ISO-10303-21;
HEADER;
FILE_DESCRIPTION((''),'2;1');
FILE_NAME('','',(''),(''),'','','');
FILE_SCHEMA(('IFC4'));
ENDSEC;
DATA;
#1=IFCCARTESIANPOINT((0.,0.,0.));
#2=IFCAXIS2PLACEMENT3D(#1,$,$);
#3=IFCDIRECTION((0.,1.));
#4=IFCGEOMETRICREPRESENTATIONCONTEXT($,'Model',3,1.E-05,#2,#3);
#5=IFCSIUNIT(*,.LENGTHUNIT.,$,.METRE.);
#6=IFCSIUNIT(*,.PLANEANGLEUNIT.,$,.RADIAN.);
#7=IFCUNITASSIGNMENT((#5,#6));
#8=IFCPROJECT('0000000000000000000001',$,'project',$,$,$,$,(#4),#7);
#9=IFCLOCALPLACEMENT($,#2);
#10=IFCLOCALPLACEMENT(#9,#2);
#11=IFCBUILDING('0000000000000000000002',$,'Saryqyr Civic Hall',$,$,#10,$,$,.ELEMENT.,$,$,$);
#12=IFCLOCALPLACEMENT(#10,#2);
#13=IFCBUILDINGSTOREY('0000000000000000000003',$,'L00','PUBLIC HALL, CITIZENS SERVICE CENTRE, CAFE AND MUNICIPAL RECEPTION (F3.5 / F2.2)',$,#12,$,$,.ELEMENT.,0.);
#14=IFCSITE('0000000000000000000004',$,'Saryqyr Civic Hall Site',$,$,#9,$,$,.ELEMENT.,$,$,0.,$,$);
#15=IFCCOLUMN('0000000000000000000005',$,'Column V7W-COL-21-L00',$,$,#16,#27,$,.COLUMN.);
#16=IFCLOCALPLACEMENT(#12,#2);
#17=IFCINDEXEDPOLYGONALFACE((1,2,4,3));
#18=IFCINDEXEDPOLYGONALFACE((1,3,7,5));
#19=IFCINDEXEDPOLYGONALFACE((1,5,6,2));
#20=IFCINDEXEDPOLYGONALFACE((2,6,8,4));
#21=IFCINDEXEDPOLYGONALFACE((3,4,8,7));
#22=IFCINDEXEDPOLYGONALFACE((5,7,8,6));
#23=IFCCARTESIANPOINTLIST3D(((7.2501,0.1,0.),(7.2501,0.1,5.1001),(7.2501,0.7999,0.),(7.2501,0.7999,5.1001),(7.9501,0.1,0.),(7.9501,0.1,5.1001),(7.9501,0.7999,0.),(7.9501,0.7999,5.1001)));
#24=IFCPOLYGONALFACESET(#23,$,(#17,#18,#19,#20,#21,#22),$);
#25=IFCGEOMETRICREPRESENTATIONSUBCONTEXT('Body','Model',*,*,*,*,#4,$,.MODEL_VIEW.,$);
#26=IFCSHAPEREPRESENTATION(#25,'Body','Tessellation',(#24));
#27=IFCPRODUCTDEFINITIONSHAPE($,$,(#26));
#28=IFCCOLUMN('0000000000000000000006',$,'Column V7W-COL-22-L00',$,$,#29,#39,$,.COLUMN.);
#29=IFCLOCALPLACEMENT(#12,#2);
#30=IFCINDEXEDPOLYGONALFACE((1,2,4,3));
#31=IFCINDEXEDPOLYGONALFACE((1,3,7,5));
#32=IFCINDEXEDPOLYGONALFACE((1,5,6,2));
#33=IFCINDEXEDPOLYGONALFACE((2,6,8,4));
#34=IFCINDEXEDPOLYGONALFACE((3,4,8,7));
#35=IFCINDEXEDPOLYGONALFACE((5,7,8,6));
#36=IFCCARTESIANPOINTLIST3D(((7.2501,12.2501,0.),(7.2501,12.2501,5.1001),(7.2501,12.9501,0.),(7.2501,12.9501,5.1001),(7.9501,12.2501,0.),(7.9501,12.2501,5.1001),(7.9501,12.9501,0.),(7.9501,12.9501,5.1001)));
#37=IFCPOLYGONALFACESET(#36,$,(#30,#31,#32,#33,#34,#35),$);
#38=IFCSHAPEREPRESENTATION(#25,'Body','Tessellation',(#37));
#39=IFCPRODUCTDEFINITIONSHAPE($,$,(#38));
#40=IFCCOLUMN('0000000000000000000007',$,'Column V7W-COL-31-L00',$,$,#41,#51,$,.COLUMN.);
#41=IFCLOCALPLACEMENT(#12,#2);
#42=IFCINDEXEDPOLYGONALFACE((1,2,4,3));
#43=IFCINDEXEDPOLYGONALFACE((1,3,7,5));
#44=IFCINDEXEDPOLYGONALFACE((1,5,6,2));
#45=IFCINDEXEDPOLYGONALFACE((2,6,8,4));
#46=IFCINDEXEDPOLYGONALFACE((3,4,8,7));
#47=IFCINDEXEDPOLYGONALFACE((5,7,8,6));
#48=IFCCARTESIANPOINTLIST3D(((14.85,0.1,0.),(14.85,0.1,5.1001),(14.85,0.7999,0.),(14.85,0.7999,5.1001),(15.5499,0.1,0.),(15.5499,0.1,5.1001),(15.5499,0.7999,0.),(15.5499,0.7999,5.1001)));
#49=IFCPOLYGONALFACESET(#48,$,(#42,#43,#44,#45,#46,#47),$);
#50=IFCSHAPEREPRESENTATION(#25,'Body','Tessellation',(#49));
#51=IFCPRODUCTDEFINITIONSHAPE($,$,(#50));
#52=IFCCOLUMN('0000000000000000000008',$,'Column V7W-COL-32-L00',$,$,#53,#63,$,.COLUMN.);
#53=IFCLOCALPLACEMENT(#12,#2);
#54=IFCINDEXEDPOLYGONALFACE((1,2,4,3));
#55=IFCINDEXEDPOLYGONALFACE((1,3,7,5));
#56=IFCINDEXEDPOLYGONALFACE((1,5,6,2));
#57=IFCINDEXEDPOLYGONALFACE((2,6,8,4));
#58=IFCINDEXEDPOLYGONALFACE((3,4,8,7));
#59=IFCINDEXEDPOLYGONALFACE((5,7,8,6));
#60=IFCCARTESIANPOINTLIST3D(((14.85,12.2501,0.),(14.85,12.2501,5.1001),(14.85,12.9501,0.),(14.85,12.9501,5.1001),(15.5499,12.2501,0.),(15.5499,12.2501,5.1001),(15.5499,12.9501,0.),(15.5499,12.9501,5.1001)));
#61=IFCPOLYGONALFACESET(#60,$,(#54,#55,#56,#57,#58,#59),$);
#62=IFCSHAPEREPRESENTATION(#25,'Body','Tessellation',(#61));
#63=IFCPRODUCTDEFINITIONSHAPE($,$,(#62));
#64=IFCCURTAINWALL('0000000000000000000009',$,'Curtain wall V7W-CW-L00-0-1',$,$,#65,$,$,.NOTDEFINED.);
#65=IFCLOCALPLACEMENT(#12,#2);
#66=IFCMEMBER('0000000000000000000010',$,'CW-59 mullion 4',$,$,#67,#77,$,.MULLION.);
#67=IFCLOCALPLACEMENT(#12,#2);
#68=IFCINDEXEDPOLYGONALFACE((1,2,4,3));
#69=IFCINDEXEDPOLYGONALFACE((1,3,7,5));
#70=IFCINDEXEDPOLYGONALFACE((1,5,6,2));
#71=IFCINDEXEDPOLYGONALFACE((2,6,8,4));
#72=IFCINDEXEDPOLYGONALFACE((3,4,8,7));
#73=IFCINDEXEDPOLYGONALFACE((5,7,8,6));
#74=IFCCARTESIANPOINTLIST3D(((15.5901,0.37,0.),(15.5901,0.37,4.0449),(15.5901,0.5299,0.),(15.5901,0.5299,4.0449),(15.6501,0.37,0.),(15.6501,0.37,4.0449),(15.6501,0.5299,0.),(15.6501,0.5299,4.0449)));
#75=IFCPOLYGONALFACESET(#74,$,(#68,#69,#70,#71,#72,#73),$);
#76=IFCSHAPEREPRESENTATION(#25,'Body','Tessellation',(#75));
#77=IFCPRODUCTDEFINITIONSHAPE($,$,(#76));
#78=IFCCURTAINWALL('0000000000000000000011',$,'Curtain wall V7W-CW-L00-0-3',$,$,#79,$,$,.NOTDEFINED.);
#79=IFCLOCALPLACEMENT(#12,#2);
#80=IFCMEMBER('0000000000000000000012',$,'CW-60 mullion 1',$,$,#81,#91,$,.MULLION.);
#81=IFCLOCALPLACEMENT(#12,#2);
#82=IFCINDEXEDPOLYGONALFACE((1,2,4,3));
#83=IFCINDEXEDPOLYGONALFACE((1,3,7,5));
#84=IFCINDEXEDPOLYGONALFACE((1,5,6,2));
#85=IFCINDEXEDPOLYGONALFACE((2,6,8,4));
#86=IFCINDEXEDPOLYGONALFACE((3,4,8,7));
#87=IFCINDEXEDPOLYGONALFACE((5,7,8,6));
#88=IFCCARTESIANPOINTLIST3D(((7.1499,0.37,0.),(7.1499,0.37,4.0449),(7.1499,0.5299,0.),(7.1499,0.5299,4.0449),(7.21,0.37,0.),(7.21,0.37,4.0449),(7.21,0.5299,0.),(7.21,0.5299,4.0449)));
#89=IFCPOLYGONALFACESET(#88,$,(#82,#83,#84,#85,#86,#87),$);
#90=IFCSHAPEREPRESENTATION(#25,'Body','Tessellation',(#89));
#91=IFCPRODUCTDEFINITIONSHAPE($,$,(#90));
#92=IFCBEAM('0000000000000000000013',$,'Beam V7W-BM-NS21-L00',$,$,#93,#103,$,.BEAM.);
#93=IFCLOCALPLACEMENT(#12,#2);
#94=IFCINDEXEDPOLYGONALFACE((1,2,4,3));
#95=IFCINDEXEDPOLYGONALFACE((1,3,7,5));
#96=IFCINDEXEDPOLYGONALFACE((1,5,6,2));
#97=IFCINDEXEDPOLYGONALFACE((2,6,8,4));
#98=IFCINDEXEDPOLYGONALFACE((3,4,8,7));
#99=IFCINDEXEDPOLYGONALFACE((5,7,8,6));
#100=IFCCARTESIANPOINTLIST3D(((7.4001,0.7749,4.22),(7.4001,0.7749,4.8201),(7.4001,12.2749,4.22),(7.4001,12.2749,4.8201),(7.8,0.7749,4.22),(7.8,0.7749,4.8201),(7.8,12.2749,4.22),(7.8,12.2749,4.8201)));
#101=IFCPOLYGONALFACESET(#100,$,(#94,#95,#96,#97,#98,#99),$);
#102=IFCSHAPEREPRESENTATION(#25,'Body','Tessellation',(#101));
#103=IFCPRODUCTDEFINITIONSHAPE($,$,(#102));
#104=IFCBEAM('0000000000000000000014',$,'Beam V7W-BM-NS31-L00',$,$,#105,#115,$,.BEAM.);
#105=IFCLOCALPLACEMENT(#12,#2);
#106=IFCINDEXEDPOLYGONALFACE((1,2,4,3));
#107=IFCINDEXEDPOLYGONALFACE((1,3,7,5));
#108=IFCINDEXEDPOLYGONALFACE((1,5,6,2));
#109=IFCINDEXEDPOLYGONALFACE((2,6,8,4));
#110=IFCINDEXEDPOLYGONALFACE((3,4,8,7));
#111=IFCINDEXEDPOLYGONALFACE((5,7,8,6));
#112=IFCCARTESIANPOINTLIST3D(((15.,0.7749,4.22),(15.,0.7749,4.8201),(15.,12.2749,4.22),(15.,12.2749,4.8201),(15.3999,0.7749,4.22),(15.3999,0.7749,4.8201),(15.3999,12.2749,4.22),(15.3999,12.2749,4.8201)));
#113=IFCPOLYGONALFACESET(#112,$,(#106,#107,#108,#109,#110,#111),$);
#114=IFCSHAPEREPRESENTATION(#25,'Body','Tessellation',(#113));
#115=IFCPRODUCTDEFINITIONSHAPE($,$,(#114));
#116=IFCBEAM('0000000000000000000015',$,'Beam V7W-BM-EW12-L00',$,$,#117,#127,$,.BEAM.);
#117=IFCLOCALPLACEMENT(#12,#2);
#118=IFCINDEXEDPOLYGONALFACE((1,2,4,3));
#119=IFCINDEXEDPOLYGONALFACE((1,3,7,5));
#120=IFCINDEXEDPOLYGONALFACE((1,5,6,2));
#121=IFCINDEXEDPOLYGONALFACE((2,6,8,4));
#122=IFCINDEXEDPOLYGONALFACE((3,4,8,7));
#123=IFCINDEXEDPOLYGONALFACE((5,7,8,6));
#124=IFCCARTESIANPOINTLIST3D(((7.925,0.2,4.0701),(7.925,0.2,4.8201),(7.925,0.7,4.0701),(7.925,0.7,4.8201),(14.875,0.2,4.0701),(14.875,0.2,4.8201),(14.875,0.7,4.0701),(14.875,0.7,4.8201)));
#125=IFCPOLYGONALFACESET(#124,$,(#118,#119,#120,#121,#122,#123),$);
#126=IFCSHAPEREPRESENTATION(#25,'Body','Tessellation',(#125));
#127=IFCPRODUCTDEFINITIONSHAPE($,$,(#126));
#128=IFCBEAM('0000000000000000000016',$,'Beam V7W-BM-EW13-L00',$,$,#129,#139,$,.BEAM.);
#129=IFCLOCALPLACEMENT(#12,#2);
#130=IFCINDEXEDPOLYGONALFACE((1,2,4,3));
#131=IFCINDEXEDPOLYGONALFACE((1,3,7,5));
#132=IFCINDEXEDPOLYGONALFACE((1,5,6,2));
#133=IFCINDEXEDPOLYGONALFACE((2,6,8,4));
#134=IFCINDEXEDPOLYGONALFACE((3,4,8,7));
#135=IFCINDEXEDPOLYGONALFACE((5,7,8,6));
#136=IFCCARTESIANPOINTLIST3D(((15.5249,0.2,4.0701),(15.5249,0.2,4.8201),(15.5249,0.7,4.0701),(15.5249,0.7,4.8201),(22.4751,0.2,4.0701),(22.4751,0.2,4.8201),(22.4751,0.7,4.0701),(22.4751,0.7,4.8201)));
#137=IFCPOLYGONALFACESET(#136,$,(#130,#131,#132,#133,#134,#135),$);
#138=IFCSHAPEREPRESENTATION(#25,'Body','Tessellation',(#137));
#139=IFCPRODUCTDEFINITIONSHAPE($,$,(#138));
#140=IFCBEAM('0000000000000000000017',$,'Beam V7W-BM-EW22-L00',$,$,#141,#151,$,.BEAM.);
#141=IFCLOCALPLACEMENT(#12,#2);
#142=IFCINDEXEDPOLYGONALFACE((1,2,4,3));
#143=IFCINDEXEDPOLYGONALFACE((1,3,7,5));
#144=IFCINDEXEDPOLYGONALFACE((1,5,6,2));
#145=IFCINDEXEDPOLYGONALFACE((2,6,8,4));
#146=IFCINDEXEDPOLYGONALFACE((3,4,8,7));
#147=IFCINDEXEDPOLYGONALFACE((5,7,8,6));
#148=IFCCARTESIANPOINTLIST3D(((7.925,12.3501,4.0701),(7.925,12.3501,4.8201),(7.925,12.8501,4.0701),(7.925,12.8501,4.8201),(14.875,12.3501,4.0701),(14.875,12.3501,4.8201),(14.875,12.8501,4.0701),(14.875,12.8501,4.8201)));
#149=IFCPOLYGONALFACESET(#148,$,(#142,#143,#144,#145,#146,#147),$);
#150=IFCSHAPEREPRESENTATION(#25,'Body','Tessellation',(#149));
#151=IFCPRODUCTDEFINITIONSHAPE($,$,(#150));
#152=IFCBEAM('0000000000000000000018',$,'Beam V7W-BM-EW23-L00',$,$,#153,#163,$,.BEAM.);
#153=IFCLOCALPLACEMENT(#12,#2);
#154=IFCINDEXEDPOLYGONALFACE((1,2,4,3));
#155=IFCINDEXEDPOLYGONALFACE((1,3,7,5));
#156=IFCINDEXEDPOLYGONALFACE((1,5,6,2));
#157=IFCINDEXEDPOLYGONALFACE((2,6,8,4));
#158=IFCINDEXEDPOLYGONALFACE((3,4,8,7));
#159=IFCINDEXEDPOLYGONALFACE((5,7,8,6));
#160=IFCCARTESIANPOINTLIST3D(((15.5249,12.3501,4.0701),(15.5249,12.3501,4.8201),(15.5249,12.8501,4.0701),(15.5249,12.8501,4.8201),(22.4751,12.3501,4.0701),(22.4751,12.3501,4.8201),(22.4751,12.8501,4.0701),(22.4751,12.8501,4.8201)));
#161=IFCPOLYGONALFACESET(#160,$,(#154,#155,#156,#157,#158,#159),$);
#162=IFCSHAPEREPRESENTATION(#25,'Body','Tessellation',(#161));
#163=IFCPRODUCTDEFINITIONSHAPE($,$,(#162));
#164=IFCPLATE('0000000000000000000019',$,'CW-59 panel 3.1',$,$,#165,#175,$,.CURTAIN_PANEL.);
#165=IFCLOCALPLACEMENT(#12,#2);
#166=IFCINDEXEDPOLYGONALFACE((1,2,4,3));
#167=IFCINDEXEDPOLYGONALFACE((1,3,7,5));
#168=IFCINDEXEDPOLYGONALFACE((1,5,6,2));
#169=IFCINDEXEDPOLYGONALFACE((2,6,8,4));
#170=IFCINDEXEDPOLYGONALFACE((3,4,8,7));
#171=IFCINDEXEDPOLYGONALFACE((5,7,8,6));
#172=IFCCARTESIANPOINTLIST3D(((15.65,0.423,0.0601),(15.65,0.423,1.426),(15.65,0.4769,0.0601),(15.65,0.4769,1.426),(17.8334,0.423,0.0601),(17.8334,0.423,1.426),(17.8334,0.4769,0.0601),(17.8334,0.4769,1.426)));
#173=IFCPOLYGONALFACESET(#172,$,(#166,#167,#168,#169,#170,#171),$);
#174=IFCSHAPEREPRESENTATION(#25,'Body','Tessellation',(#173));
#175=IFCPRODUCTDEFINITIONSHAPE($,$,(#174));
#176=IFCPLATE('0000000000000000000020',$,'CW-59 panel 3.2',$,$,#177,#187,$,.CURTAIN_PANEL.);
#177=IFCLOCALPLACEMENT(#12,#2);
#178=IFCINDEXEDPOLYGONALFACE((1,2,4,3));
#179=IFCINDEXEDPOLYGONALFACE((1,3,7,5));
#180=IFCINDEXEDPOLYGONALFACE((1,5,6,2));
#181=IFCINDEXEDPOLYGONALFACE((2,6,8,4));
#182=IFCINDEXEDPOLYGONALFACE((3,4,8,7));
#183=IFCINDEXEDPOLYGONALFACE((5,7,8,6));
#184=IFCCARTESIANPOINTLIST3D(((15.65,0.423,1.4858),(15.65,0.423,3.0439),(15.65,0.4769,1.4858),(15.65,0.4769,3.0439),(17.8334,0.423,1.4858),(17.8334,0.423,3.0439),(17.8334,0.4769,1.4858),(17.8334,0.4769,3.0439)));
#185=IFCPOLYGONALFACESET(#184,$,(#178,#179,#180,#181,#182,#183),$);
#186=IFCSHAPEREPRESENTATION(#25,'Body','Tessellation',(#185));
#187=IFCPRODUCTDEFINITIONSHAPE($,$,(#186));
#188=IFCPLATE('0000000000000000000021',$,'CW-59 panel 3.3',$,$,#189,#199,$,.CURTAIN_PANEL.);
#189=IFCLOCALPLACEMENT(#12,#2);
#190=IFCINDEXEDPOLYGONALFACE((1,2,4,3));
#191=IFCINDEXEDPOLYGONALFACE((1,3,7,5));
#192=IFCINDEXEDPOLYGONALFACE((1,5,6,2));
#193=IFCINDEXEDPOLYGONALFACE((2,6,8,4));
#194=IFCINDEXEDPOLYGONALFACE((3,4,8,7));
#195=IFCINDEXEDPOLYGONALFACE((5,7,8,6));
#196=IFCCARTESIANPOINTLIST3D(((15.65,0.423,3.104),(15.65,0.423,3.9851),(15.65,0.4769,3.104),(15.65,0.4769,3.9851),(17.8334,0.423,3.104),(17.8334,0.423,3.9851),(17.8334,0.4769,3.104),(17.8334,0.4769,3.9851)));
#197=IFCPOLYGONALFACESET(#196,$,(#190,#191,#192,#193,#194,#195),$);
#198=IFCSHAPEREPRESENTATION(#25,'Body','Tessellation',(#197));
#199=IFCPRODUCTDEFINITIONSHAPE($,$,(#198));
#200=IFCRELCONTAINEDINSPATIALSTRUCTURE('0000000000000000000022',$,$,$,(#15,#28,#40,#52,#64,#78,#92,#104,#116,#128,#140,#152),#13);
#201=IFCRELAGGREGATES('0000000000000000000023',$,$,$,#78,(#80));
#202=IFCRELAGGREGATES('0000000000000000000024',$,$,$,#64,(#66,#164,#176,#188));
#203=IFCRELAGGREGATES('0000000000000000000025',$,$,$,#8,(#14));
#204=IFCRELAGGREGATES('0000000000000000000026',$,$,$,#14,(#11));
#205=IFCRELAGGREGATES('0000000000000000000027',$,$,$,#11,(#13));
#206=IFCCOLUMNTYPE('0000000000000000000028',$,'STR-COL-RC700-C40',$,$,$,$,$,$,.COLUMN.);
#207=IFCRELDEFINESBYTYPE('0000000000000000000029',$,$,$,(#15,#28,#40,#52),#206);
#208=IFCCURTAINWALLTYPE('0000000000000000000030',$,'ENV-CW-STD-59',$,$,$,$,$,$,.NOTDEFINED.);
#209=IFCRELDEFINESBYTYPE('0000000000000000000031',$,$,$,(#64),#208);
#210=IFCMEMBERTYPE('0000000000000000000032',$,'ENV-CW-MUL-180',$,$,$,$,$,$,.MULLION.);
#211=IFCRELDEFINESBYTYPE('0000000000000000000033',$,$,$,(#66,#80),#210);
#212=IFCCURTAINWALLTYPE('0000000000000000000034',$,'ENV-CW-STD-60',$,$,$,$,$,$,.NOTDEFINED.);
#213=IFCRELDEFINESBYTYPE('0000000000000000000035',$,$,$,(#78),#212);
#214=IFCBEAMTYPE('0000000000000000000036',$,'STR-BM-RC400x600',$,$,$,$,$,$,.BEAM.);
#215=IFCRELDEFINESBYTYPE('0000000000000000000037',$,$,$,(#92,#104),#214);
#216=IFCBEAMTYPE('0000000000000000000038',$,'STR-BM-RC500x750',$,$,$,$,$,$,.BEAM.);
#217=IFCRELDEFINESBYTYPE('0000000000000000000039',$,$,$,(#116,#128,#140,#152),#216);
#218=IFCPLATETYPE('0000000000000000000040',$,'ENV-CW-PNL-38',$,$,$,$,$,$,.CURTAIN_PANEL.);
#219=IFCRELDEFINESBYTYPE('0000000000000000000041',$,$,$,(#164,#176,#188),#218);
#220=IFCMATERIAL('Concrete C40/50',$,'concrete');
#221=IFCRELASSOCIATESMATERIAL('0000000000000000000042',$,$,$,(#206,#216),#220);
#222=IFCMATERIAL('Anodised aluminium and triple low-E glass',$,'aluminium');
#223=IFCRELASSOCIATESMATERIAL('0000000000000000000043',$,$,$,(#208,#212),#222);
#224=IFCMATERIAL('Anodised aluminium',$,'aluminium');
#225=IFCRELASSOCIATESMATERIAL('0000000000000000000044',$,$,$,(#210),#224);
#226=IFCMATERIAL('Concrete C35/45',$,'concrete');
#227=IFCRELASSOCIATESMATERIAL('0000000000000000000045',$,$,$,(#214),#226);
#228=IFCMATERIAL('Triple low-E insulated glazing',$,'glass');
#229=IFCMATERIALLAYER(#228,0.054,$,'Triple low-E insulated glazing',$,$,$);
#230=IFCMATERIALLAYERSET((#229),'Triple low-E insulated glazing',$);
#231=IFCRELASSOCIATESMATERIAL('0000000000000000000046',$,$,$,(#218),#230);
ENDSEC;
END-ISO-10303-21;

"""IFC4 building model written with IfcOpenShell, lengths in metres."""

from ifc_helpers import new_model, si_unit, direction, frame, origin, origin_2d, place, context, subcontext, project, spatial, rectangle, extrude, material, layer, layer_set, material_profile, profile_set, type_object, element, aggregate, save


model = new_model("IFC4")

# Units and contexts
model_context = context("Model", 3, precision=1e-05, world=origin(), true_north=direction((0.0, 1.0)))
body_context = subcontext(model_context, "Body", "Model", "MODEL_VIEW")
ifc_project = project(units=[si_unit("LENGTHUNIT", "METRE"), si_unit("PLANEANGLEUNIT", "RADIAN")], contexts=[model_context])

# Site, building, storey
site_placement = place(None, origin())
site = spatial("IfcSite", under=ifc_project, at=site_placement, Name="Saryqyr Civic Hall Site", CompositionType="ELEMENT", RefElevation=0.0)
building_placement = place(site_placement, origin())
building = spatial("IfcBuilding", under=site, at=building_placement, Name="Saryqyr Civic Hall", CompositionType="ELEMENT")
storey_placement = place(building_placement, origin())
storey = spatial("IfcBuildingStorey", under=building, at=storey_placement, Name="L00", Description="PUBLIC HALL, CITIZENS SERVICE CENTRE, CAFE AND MUNICIPAL RECEPTION (F3.5 / F2.2)", CompositionType="ELEMENT", Elevation=0.0)

# Columns
ifc_material_1 = material(Name="Concrete C40/50", Category="concrete")
ifc_material_profile_1 = material_profile(ifc_material_1, rectangle(XDim=0.7, YDim=0.7, at=origin_2d()), Name="RC 700x700")
ifc_profile_set_1 = profile_set([ifc_material_profile_1], Name="Concrete C40/50")
column_type = type_object("IfcColumnType", Name="STR-COL-RC700-C40", PredefinedType="COLUMN", material=ifc_profile_set_1)
for number, where, z_axis, x_axis, name in (
    (1, (7.6001, 0.45, 0.0), (0.0, 0.0, 1.0), (1.0, 0.0, 0.0), "Column V7W-COL-21-L00"),
    (2, (7.6001, 12.6001, 0.0), (0.0, 0.0, 1.0), (1.0, 0.0, 0.0), "Column V7W-COL-22-L00"),
    (3, (15.2, 0.45, 0.0), (0.0, 0.0, 1.0), (1.0, 0.0, 0.0), "Column V7W-COL-31-L00"),
    (4, (15.2, 12.6001, 0.0), (0.0, 0.0, 1.0), (1.0, 0.0, 0.0), "Column V7W-COL-32-L00"),
):
    element("IfcColumn", number, at=place(storey_placement, frame(where, z_axis=z_axis, x_axis=x_axis)), inside=storey, type_object=column_type, Name=name, PredefinedType="COLUMN", context=body_context, shape_type="SweptSolid", body=[
        extrude(rectangle(XDim=0.7, YDim=0.7, at=origin_2d()), origin(), (0.0, 0.0, 1.0), 5.1001),
    ])

# Curtain walls, members
ifc_material_2 = material(Name="Anodised aluminium and triple low-E glass", Category="aluminium")
curtain_wall_type_1 = type_object("IfcCurtainWallType", Name="ENV-CW-STD-59", PredefinedType="NOTDEFINED", material=ifc_material_2)
curtain_wall_1_placement = place(storey_placement, origin())
curtain_wall_1 = element("IfcCurtainWall", 5, at=curtain_wall_1_placement, inside=storey, type_object=curtain_wall_type_1, Name="Curtain wall V7W-CW-L00-0-1", PredefinedType="NOTDEFINED")
ifc_material_3 = material(Name="Anodised aluminium", Category="aluminium")
ifc_material_profile_2 = material_profile(ifc_material_3, rectangle(XDim=0.0601, YDim=0.1599, at=origin_2d()), Name="ALU MULLION 60x160")
ifc_profile_set_2 = profile_set([ifc_material_profile_2], Name="Anodised aluminium")
member_type = type_object("IfcMemberType", Name="ENV-CW-MUL-180", PredefinedType="MULLION", material=ifc_profile_set_2)
member_1_placement = place(storey_placement, frame((15.6201, 0.45, 0.0), z_axis=(0.0, 0.0, 1.0), x_axis=(-1.0, 0.0, 0.0)))
member_1 = element("IfcMember", 6, at=member_1_placement, type_object=member_type, Name="CW-59 mullion 4", PredefinedType="MULLION", context=body_context, shape_type="SweptSolid", body=[
    extrude(rectangle(XDim=0.0601, YDim=0.1599, at=origin_2d()), origin(), (0.0, 0.0, 1.0), 4.0449),
])
curtain_wall_type_2 = type_object("IfcCurtainWallType", Name="ENV-CW-STD-60", PredefinedType="NOTDEFINED", material=ifc_material_2)
curtain_wall_2_placement = place(storey_placement, origin())
curtain_wall_2 = element("IfcCurtainWall", 7, at=curtain_wall_2_placement, inside=storey, type_object=curtain_wall_type_2, Name="Curtain wall V7W-CW-L00-0-3", PredefinedType="NOTDEFINED")
member_2_placement = place(storey_placement, frame((7.1799, 0.45, 0.0), z_axis=(0.0, 0.0, 1.0), x_axis=(-1.0, 0.0, 0.0)))
member_2 = element("IfcMember", 8, at=member_2_placement, type_object=member_type, Name="CW-60 mullion 1", PredefinedType="MULLION", context=body_context, shape_type="SweptSolid", body=[
    extrude(rectangle(XDim=0.0601, YDim=0.1599, at=origin_2d()), origin(), (0.0, 0.0, 1.0), 4.0449),
])
aggregate(curtain_wall_2, [member_2])

# Beams
ifc_material_4 = material(Name="Concrete C35/45", Category="concrete")
ifc_material_profile_3 = material_profile(ifc_material_4, rectangle(XDim=0.3999, YDim=0.6001, at=origin_2d()), Name="RC 400x600")
ifc_profile_set_3 = profile_set([ifc_material_profile_3], Name="Concrete C35/45")
beam_type_1 = type_object("IfcBeamType", Name="STR-BM-RC400x600", PredefinedType="BEAM", material=ifc_profile_set_3)
for number, where, z_axis, x_axis, name in (
    (9, (7.6001, 0.7749, 4.52), (0.0, 1.0, 0.0), (-1.0, 0.0, 0.0), "Beam V7W-BM-NS21-L00"),
    (10, (15.2, 0.7749, 4.52), (0.0, 1.0, 0.0), (-1.0, 0.0, 0.0), "Beam V7W-BM-NS31-L00"),
):
    element("IfcBeam", number, at=place(storey_placement, frame(where, z_axis=z_axis, x_axis=x_axis)), inside=storey, type_object=beam_type_1, Name=name, PredefinedType="BEAM", context=body_context, shape_type="SweptSolid", body=[
        extrude(rectangle(XDim=0.3999, YDim=0.6001, at=origin_2d()), origin(), (0.0, 0.0, 1.0), 11.5),
    ])
ifc_material_profile_4 = material_profile(ifc_material_1, rectangle(XDim=0.5, YDim=0.75, at=origin_2d()), Name="RC 500x750")
ifc_profile_set_4 = profile_set([ifc_material_profile_4], Name="Concrete C40/50")
beam_type_2 = type_object("IfcBeamType", Name="STR-BM-RC500x750", PredefinedType="BEAM", material=ifc_profile_set_4)
beam_1_placement = place(storey_placement, frame((7.925, 0.45, 4.4451), z_axis=(1.0, 0.0, 0.0), x_axis=(0.0, 1.0, 0.0)))
element("IfcBeam", 11, at=beam_1_placement, inside=storey, type_object=beam_type_2, Name="Beam V7W-BM-EW12-L00", PredefinedType="BEAM", context=body_context, shape_type="SweptSolid", body=[
    extrude(rectangle(XDim=0.5, YDim=0.75, at=origin_2d()), origin(), (0.0, 0.0, 1.0), 6.95),
])
beam_2_placement = place(storey_placement, frame((15.5249, 0.45, 4.4451), z_axis=(1.0, 0.0, 0.0), x_axis=(0.0, 1.0, 0.0)))
element("IfcBeam", 12, at=beam_2_placement, inside=storey, type_object=beam_type_2, Name="Beam V7W-BM-EW13-L00", PredefinedType="BEAM", context=body_context, shape_type="SweptSolid", body=[
    extrude(rectangle(XDim=0.5, YDim=0.75, at=origin_2d()), origin(), (0.0, 0.0, 1.0), 6.9502),
])
beam_3_placement = place(storey_placement, frame((7.925, 12.6001, 4.4451), z_axis=(1.0, 0.0, 0.0), x_axis=(0.0, 1.0, 0.0)))
element("IfcBeam", 13, at=beam_3_placement, inside=storey, type_object=beam_type_2, Name="Beam V7W-BM-EW22-L00", PredefinedType="BEAM", context=body_context, shape_type="SweptSolid", body=[
    extrude(rectangle(XDim=0.5, YDim=0.75, at=origin_2d()), origin(), (0.0, 0.0, 1.0), 6.95),
])
beam_4_placement = place(storey_placement, frame((15.5249, 12.6001, 4.4451), z_axis=(1.0, 0.0, 0.0), x_axis=(0.0, 1.0, 0.0)))
element("IfcBeam", 14, at=beam_4_placement, inside=storey, type_object=beam_type_2, Name="Beam V7W-BM-EW23-L00", PredefinedType="BEAM", context=body_context, shape_type="SweptSolid", body=[
    extrude(rectangle(XDim=0.5, YDim=0.75, at=origin_2d()), origin(), (0.0, 0.0, 1.0), 6.9502),
])

# Plates
ifc_material_5 = material(Name="Triple low-E insulated glazing", Category="glass")
ifc_layer_1 = layer(ifc_material_5, 0.054, Name="Triple low-E insulated glazing")
ifc_layer_set_1 = layer_set([ifc_layer_1], Name="Triple low-E insulated glazing")
plate_type = type_object("IfcPlateType", Name="ENV-CW-PNL-38", PredefinedType="CURTAIN_PANEL", material=ifc_layer_set_1)
plate_1_placement = place(storey_placement, frame((16.7417, 0.45, 0.0601), z_axis=(0.0, 0.0, 1.0), x_axis=(-1.0, 0.0, 0.0)))
plate_1 = element("IfcPlate", 15, at=plate_1_placement, type_object=plate_type, Name="CW-59 panel 3.1", PredefinedType="CURTAIN_PANEL", context=body_context, shape_type="SweptSolid", body=[
    extrude(rectangle(XDim=2.1833, YDim=0.054, at=origin_2d()), origin(), (0.0, 0.0, 1.0), 1.366),
])
plate_2_placement = place(storey_placement, frame((16.7417, 0.45, 1.4858), z_axis=(0.0, 0.0, 1.0), x_axis=(-1.0, 0.0, 0.0)))
plate_2 = element("IfcPlate", 16, at=plate_2_placement, type_object=plate_type, Name="CW-59 panel 3.2", PredefinedType="CURTAIN_PANEL", context=body_context, shape_type="SweptSolid", body=[
    extrude(rectangle(XDim=2.1833, YDim=0.054, at=origin_2d()), origin(), (0.0, 0.0, 1.0), 1.5581),
])
plate_3_placement = place(storey_placement, frame((16.7417, 0.45, 3.104), z_axis=(0.0, 0.0, 1.0), x_axis=(-1.0, 0.0, 0.0)))
plate_3 = element("IfcPlate", 17, at=plate_3_placement, type_object=plate_type, Name="CW-59 panel 3.3", PredefinedType="CURTAIN_PANEL", context=body_context, shape_type="SweptSolid", body=[
    extrude(rectangle(XDim=2.1833, YDim=0.054, at=origin_2d()), origin(), (0.0, 0.0, 1.0), 0.8811),
])
aggregate(curtain_wall_1, [member_1, plate_1, plate_2, plate_3])

save(model, "model.ifc")
